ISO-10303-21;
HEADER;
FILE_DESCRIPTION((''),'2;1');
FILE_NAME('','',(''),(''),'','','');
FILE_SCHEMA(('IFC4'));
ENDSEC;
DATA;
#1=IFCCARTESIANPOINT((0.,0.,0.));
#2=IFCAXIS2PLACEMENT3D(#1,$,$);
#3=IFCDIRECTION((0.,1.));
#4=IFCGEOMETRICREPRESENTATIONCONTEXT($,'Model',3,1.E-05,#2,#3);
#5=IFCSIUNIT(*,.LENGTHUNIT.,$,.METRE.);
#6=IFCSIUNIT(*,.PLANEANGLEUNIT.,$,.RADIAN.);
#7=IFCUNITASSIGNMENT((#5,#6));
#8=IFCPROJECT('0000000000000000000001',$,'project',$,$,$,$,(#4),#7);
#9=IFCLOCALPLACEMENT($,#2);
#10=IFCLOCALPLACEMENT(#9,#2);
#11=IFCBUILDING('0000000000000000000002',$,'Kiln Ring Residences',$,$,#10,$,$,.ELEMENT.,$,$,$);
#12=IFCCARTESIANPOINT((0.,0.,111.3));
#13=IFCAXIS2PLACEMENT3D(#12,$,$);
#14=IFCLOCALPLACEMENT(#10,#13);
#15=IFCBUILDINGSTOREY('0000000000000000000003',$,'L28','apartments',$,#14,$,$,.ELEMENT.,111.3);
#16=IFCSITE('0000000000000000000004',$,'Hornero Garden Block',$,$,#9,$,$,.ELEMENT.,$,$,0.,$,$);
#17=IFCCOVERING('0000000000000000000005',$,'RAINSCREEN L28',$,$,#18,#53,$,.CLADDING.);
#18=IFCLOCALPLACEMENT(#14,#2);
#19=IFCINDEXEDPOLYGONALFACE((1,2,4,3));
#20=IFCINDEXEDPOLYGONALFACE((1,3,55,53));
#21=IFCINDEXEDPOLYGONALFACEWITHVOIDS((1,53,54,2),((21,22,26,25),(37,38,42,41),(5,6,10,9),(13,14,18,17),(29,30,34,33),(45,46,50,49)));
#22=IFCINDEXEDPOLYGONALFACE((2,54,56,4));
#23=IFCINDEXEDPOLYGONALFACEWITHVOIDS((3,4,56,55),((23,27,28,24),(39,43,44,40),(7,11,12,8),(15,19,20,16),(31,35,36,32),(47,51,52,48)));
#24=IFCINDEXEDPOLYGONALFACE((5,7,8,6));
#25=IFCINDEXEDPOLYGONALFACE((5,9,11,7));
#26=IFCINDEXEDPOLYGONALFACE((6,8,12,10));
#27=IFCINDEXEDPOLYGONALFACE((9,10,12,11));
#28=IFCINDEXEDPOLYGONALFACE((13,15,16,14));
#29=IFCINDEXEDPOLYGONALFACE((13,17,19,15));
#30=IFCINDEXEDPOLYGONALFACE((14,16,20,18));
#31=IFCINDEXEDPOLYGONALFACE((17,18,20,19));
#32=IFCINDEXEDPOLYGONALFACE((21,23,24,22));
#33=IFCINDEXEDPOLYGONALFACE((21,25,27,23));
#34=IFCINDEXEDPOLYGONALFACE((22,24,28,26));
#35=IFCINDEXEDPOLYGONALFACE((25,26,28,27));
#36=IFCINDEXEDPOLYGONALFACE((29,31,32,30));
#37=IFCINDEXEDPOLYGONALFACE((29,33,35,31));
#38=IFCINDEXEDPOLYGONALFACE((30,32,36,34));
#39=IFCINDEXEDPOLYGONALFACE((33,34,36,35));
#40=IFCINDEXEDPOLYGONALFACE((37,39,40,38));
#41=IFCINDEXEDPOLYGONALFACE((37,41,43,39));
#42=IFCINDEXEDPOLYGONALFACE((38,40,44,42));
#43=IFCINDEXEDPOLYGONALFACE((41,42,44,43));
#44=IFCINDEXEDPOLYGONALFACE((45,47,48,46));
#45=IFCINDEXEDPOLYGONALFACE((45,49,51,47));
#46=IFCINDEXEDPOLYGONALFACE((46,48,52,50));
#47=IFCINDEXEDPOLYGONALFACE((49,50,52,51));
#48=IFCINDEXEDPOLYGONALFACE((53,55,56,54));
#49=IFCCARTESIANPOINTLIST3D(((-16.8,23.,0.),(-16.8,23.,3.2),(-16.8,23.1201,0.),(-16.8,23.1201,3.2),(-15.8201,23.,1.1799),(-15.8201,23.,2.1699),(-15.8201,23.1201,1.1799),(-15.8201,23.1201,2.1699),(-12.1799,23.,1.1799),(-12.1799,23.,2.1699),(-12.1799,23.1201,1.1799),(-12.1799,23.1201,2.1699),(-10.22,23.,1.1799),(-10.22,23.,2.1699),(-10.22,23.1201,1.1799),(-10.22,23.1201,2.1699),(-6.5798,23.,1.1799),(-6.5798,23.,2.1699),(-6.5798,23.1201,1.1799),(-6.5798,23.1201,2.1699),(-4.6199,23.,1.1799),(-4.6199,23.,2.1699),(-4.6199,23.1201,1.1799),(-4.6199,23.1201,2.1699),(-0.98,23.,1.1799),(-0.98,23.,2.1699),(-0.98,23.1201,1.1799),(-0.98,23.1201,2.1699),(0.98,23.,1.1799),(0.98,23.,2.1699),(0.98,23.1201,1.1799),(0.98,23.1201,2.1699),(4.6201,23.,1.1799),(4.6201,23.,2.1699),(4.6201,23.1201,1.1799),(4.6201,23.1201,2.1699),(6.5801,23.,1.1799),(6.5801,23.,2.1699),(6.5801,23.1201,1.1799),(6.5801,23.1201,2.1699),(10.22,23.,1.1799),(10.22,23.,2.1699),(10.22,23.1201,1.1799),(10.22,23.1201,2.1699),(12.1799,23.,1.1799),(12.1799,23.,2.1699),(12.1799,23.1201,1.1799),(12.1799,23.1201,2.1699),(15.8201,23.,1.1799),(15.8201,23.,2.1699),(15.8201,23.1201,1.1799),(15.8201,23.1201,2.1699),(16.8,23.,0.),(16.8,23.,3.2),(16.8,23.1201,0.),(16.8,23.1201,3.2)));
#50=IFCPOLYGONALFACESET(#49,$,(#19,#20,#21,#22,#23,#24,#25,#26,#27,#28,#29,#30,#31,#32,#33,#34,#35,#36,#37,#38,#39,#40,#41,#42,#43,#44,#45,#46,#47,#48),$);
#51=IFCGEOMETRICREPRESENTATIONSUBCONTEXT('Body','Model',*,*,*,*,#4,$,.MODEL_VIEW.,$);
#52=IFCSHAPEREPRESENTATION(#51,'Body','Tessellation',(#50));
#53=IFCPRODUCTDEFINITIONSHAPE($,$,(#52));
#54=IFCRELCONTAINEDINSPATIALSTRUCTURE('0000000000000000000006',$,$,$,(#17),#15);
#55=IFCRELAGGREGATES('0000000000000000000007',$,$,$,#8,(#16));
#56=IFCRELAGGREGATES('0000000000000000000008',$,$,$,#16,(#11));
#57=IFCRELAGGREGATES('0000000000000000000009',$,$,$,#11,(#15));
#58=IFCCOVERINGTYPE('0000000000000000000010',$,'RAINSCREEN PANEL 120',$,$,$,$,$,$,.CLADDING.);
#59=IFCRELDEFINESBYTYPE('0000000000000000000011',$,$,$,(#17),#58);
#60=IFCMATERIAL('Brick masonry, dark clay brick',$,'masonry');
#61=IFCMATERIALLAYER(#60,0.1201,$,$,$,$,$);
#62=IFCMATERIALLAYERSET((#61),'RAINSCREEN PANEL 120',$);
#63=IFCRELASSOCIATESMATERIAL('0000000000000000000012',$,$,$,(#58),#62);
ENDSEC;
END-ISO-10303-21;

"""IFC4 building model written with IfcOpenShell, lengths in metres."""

from ifc_helpers import new_model, si_unit, direction, frame, origin, place, context, subcontext, project, spatial, polyline, outline, extrude, material, layer, layer_set, type_object, element, save


model = new_model("IFC4")

# Units and contexts
model_context = context("Model", 3, precision=1e-05, world=origin(), true_north=direction((0.0, 1.0)))
body_context = subcontext(model_context, "Body", "Model", "MODEL_VIEW")
ifc_project = project(units=[si_unit("LENGTHUNIT", "METRE"), si_unit("PLANEANGLEUNIT", "RADIAN")], contexts=[model_context])

# Site, building, storey
site_placement = place(None, origin())
site = spatial("IfcSite", under=ifc_project, at=site_placement, Name="Hornero Garden Block", CompositionType="ELEMENT", RefElevation=0.0)
building_placement = place(site_placement, origin())
building = spatial("IfcBuilding", under=site, at=building_placement, Name="Kiln Ring Residences", CompositionType="ELEMENT")
storey_placement = place(building_placement, frame((0.0, 0.0, 111.3)))
storey = spatial("IfcBuildingStorey", under=building, at=storey_placement, Name="L28", Description="apartments", CompositionType="ELEMENT", Elevation=111.3)

# Covering
ifc_material_1 = material(Name="Brick masonry, dark clay brick", Category="masonry")
ifc_layer_1 = layer(ifc_material_1, 0.1201)
ifc_layer_set_1 = layer_set([ifc_layer_1], Name="RAINSCREEN PANEL 120")
covering_type = type_object("IfcCoveringType", Name="RAINSCREEN PANEL 120", PredefinedType="CLADDING", material=ifc_layer_set_1)
covering_placement = place(storey_placement, frame((16.8, 23.0601, 0.0), z_axis=(0.0, 0.0, 1.0), x_axis=(-1.0, 0.0, 0.0)))
element("IfcCovering", 1, at=covering_placement, inside=storey, type_object=covering_type, Name="RAINSCREEN L28", PredefinedType="CLADDING", context=body_context, shape_type="SweptSolid", body=[
    extrude(outline(polyline([(0.0, 0.0), (33.6001, 0.0), (33.6001, 3.2), (0.0, 3.2), (0.0, 0.0)]), holes=[polyline([(4.6201, 1.1799), (4.6201, 2.1699), (0.98, 2.1699), (0.98, 1.1799), (4.6201, 1.1799)]), polyline([(6.5801, 1.1799), (10.22, 1.1799), (10.22, 2.1699), (6.5801, 2.1699), (6.5801, 1.1799)]), polyline([(12.1799, 1.1799), (15.8201, 1.1799), (15.8201, 2.1699), (12.1799, 2.1699), (12.1799, 1.1799)]), polyline([(21.4199, 1.1799), (21.4199, 2.1699), (17.78, 2.1699), (17.78, 1.1799), (21.4199, 1.1799)]), polyline([(23.3799, 1.1799), (27.02, 1.1799), (27.02, 2.1699), (23.3799, 2.1699), (23.3799, 1.1799)]), polyline([(28.98, 1.1799), (32.6201, 1.1799), (32.6201, 2.1699), (28.98, 2.1699), (28.98, 1.1799)])]), frame((0.0, 0.0601, 0.0), z_axis=(0.0, -1.0, 0.0), x_axis=(1.0, 0.0, 0.0)), (0.0, 0.0, 1.0), 0.1201),
])

save(model, "model.ifc")
